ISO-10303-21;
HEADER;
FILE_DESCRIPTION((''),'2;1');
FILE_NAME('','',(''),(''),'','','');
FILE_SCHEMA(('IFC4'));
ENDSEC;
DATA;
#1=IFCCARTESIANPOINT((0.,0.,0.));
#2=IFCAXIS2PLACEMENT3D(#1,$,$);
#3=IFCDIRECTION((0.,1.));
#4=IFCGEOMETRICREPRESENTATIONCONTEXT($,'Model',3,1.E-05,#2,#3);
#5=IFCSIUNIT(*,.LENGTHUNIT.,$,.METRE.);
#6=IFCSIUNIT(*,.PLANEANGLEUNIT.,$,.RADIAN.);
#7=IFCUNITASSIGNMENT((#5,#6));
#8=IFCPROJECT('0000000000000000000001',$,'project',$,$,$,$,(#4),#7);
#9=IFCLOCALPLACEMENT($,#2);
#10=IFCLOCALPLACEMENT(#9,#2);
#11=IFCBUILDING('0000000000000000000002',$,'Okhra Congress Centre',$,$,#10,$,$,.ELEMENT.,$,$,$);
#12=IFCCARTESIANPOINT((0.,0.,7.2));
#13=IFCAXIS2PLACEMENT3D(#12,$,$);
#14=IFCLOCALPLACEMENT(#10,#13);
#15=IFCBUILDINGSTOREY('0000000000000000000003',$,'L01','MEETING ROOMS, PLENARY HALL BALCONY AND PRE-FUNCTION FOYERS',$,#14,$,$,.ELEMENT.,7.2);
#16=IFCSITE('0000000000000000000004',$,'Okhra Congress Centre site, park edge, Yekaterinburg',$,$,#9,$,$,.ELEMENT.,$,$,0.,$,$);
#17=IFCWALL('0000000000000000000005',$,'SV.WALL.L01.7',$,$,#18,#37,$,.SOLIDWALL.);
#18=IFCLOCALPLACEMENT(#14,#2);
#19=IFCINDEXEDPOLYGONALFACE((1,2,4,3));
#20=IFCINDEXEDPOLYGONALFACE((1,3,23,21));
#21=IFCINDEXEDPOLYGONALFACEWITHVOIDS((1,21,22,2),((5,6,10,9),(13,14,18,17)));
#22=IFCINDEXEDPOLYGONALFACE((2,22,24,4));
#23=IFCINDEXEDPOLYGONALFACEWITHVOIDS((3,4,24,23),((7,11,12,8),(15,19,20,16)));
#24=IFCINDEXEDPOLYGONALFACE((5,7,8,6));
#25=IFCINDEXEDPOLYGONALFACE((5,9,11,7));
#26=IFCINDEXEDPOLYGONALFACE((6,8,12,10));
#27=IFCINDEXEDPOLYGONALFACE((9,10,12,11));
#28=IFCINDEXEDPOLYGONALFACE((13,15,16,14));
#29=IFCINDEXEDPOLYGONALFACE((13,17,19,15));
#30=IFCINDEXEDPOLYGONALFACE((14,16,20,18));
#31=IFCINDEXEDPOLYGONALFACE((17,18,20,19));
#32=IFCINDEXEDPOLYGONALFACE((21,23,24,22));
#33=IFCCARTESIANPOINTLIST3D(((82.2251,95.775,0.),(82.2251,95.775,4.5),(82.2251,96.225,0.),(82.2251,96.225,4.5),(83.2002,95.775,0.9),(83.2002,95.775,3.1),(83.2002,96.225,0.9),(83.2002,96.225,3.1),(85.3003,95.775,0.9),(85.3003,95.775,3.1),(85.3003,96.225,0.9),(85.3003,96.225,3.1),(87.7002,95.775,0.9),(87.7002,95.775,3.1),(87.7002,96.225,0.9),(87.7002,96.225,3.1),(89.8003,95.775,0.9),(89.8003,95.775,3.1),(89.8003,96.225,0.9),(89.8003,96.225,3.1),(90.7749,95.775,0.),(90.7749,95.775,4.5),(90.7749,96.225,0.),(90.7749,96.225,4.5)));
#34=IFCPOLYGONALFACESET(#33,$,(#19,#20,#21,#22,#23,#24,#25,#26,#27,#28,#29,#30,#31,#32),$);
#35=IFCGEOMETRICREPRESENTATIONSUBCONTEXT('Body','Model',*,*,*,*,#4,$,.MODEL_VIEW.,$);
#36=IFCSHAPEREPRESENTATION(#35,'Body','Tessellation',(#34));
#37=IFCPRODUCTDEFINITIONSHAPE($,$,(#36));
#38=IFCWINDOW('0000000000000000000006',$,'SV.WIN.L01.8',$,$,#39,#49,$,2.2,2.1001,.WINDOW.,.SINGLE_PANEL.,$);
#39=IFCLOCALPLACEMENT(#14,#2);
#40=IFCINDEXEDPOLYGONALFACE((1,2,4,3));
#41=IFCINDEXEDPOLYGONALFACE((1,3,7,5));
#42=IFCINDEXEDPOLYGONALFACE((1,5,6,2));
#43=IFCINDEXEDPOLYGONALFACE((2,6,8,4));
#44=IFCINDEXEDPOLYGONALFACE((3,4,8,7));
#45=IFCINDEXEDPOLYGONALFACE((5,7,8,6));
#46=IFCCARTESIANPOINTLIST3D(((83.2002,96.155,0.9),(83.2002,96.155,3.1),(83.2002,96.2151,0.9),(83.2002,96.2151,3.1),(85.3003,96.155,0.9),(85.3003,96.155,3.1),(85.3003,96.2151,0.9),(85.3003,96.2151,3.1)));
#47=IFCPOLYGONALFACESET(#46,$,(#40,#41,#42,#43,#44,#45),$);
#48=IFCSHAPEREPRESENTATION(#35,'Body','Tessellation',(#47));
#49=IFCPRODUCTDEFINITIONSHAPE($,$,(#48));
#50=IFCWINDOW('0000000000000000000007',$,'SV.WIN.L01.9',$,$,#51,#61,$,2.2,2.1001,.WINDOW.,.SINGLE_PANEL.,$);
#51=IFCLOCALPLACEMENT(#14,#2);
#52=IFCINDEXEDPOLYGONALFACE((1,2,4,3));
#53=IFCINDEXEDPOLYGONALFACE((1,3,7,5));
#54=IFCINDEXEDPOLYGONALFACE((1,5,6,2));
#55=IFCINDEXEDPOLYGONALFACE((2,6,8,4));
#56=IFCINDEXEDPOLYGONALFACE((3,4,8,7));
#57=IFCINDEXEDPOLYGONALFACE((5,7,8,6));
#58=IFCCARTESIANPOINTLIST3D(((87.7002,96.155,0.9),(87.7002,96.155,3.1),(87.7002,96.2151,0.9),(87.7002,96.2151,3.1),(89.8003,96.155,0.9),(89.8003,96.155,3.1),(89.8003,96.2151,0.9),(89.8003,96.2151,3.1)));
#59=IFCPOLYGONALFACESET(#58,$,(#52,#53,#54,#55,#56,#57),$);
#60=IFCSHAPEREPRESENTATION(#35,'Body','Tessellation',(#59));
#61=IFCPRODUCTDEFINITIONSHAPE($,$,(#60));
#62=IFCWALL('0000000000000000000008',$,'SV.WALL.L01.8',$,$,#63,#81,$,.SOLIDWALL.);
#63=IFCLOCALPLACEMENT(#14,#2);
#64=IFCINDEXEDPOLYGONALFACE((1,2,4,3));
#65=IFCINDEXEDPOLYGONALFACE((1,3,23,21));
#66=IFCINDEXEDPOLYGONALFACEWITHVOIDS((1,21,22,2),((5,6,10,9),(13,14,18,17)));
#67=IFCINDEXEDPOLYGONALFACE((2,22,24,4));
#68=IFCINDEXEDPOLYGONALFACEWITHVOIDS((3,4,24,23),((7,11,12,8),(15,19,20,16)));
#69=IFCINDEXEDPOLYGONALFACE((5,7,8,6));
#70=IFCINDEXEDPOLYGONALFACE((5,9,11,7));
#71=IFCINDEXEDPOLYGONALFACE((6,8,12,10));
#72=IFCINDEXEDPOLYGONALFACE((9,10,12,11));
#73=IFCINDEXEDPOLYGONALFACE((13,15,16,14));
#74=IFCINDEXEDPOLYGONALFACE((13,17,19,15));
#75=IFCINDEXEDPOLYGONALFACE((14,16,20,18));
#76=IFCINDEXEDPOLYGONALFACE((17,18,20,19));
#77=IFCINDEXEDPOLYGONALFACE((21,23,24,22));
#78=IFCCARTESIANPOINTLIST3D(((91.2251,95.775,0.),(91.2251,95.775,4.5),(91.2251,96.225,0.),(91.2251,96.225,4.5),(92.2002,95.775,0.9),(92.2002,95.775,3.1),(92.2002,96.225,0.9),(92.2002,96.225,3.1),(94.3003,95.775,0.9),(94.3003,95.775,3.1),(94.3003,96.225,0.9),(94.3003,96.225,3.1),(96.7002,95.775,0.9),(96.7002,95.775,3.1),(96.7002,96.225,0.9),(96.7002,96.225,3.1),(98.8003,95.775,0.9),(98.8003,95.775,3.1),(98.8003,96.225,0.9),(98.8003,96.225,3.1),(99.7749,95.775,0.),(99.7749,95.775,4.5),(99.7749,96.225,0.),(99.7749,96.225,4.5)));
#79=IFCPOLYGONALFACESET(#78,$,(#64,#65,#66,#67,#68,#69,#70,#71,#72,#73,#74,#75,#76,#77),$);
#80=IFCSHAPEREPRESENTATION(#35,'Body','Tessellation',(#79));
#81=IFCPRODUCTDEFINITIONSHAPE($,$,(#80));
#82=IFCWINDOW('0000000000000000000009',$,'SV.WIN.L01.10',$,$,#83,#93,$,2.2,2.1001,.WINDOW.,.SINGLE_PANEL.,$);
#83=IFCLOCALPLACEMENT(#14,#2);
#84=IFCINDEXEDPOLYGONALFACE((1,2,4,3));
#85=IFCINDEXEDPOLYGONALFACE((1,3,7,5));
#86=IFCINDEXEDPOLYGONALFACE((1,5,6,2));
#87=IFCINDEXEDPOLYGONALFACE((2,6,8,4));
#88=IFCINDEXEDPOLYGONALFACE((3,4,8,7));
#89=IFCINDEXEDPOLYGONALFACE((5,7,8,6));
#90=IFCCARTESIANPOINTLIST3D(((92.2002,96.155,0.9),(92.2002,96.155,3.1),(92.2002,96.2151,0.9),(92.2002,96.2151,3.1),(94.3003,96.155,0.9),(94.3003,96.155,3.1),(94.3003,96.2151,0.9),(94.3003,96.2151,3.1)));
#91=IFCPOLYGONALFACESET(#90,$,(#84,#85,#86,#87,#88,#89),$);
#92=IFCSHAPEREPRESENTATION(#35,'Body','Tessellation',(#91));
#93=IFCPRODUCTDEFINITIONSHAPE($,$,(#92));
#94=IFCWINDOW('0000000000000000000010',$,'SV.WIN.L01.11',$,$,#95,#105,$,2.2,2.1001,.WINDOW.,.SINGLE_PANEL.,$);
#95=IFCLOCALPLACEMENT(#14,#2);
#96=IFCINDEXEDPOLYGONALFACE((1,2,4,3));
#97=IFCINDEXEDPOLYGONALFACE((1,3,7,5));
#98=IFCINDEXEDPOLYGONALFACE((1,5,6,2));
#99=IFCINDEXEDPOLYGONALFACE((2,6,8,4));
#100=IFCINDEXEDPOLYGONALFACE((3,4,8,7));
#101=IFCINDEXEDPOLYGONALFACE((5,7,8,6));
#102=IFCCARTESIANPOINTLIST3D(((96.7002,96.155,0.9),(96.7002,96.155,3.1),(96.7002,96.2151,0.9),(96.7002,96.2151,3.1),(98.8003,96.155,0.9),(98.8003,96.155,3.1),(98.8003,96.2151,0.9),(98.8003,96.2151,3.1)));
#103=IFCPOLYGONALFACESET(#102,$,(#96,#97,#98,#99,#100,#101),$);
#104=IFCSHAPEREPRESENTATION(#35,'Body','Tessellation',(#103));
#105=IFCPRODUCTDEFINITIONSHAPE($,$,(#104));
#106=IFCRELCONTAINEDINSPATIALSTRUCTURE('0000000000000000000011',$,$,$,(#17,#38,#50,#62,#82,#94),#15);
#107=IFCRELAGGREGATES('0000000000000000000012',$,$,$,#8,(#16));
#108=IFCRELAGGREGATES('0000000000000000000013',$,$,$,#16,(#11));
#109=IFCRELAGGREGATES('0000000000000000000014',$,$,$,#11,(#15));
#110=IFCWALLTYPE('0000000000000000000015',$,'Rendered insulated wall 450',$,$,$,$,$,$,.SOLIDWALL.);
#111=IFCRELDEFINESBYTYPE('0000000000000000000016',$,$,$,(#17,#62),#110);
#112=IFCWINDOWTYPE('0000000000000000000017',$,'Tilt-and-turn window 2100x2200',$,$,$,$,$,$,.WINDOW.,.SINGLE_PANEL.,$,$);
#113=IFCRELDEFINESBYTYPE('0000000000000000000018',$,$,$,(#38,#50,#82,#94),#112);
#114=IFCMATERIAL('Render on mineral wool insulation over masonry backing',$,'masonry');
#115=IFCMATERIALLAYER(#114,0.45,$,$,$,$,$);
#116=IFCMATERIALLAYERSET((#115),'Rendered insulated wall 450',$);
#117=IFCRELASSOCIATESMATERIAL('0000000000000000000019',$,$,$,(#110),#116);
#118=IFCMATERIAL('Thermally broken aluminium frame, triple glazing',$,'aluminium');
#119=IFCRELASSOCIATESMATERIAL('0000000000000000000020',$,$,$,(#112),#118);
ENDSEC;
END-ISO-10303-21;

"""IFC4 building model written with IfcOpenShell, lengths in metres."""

from ifc_helpers import new_model, si_unit, direction, frame, frame_2d, origin, place, context, subcontext, project, spatial, rectangle, extrude, material, layer, layer_set, type_object, element, fill, save


model = new_model("IFC4")

# Units and contexts
model_context = context("Model", 3, precision=1e-05, world=origin(), true_north=direction((0.0, 1.0)))
body_context = subcontext(model_context, "Body", "Model", "MODEL_VIEW")
ifc_project = project(units=[si_unit("LENGTHUNIT", "METRE"), si_unit("PLANEANGLEUNIT", "RADIAN")], contexts=[model_context])

# Site, building, storey
site_placement = place(None, origin())
site = spatial("IfcSite", under=ifc_project, at=site_placement, Name="Okhra Congress Centre site, park edge, Yekaterinburg", CompositionType="ELEMENT", RefElevation=0.0)
building_placement = place(site_placement, origin())
building = spatial("IfcBuilding", under=site, at=building_placement, Name="Okhra Congress Centre", CompositionType="ELEMENT")
storey_placement = place(building_placement, frame((0.0, 0.0, 7.2)))
storey = spatial("IfcBuildingStorey", under=building, at=storey_placement, Name="L01", Description="MEETING ROOMS, PLENARY HALL BALCONY AND PRE-FUNCTION FOYERS", CompositionType="ELEMENT", Elevation=7.2)

# Walls, openings, windows
ifc_material_1 = material(Name="Render on mineral wool insulation over masonry backing", Category="masonry")
ifc_layer_1 = layer(ifc_material_1, 0.45)
ifc_layer_set_1 = layer_set([ifc_layer_1], Name="Rendered insulated wall 450")
wall_type_1 = type_object("IfcWallType", Name="Rendered insulated wall 450", PredefinedType="SOLIDWALL", material=ifc_layer_set_1)
ifc_material_2 = material(Name="Thermally broken aluminium frame, triple glazing", Category="aluminium")
window_type = type_object("IfcWindowType", Name="Tilt-and-turn window 2100x2200", PartitioningType="SINGLE_PANEL", PredefinedType="WINDOW", material=ifc_material_2)
wall_1_placement = place(storey_placement, frame((82.2251, 96.0, 0.0), z_axis=(0.0, 0.0, 1.0), x_axis=(1.0, 0.0, 0.0)))
wall_1 = element("IfcWall", 1, at=wall_1_placement, inside=storey, type_object=wall_type_1, Name="SV.WALL.L01.7", PredefinedType="SOLIDWALL", context=body_context, shape_type="SweptSolid", body=[
    extrude(rectangle(XDim=8.5498, YDim=0.45, at=frame_2d((4.2749, 0.0))), origin(), (0.0, 0.0, 1.0), 4.5),
])
opening_1_placement = place(wall_1_placement, frame((0.9751, 0.0, 0.8999)))
opening_1 = element("IfcOpeningElement", 2, at=opening_1_placement, cuts=wall_1, PredefinedType="OPENING", context=body_context, shape_type="SweptSolid", body=[
    extrude(rectangle(XDim=2.1001, YDim=2.2, at=frame_2d((1.05, 1.1001))), frame((0.0, 0.2349, 0.0), z_axis=(0.0, -1.0, 0.0), x_axis=(1.0, 0.0, 0.0)), (0.0, 0.0, 1.0), 0.47),
])
opening_2_placement = place(wall_1_placement, frame((5.4751, 0.0, 0.8999)))
opening_2 = element("IfcOpeningElement", 3, at=opening_2_placement, cuts=wall_1, PredefinedType="OPENING", context=body_context, shape_type="SweptSolid", body=[
    extrude(rectangle(XDim=2.1001, YDim=2.2, at=frame_2d((1.05, 1.1001))), frame((0.0, 0.2349, 0.0), z_axis=(0.0, -1.0, 0.0), x_axis=(1.0, 0.0, 0.0)), (0.0, 0.0, 1.0), 0.47),
])
window_1_placement = place(opening_1_placement, origin())
window_1 = element("IfcWindow", 4, at=window_1_placement, inside=storey, type_object=window_type, Name="SV.WIN.L01.8", OverallHeight=2.2, OverallWidth=2.1001, PartitioningType="SINGLE_PANEL", PredefinedType="WINDOW", context=body_context, shape_type="SweptSolid", body=[
    extrude(rectangle(XDim=2.1001, YDim=2.2, at=frame_2d((1.05, 1.1001))), frame((0.0, 0.2151, 0.0), z_axis=(0.0, -1.0, 0.0), x_axis=(1.0, 0.0, 0.0)), (0.0, 0.0, 1.0), 0.0601),
])
fill(opening_1, window_1)
window_2_placement = place(opening_2_placement, origin())
window_2 = element("IfcWindow", 5, at=window_2_placement, inside=storey, type_object=window_type, Name="SV.WIN.L01.9", OverallHeight=2.2, OverallWidth=2.1001, PartitioningType="SINGLE_PANEL", PredefinedType="WINDOW", context=body_context, shape_type="SweptSolid", body=[
    extrude(rectangle(XDim=2.1001, YDim=2.2, at=frame_2d((1.05, 1.1001))), frame((0.0, 0.2151, 0.0), z_axis=(0.0, -1.0, 0.0), x_axis=(1.0, 0.0, 0.0)), (0.0, 0.0, 1.0), 0.0601),
])
fill(opening_2, window_2)
wall_2_placement = place(storey_placement, frame((91.2251, 96.0, 0.0), z_axis=(0.0, 0.0, 1.0), x_axis=(1.0, 0.0, 0.0)))
wall_2 = element("IfcWall", 6, at=wall_2_placement, inside=storey, type_object=wall_type_1, Name="SV.WALL.L01.8", PredefinedType="SOLIDWALL", context=body_context, shape_type="SweptSolid", body=[
    extrude(rectangle(XDim=8.5498, YDim=0.45, at=frame_2d((4.2749, 0.0))), origin(), (0.0, 0.0, 1.0), 4.5),
])
opening_3_placement = place(wall_2_placement, frame((0.9751, 0.0, 0.8999)))
opening_3 = element("IfcOpeningElement", 7, at=opening_3_placement, cuts=wall_2, PredefinedType="OPENING", context=body_context, shape_type="SweptSolid", body=[
    extrude(rectangle(XDim=2.1001, YDim=2.2, at=frame_2d((1.05, 1.1001))), frame((0.0, 0.2349, 0.0), z_axis=(0.0, -1.0, 0.0), x_axis=(1.0, 0.0, 0.0)), (0.0, 0.0, 1.0), 0.47),
])
opening_4_placement = place(wall_2_placement, frame((5.4751, 0.0, 0.8999)))
opening_4 = element("IfcOpeningElement", 8, at=opening_4_placement, cuts=wall_2, PredefinedType="OPENING", context=body_context, shape_type="SweptSolid", body=[
    extrude(rectangle(XDim=2.1001, YDim=2.2, at=frame_2d((1.05, 1.1001))), frame((0.0, 0.2349, 0.0), z_axis=(0.0, -1.0, 0.0), x_axis=(1.0, 0.0, 0.0)), (0.0, 0.0, 1.0), 0.47),
])
window_3_placement = place(opening_3_placement, origin())
window_3 = element("IfcWindow", 9, at=window_3_placement, inside=storey, type_object=window_type, Name="SV.WIN.L01.10", OverallHeight=2.2, OverallWidth=2.1001, PartitioningType="SINGLE_PANEL", PredefinedType="WINDOW", context=body_context, shape_type="SweptSolid", body=[
    extrude(rectangle(XDim=2.1001, YDim=2.2, at=frame_2d((1.05, 1.1001))), frame((0.0, 0.2151, 0.0), z_axis=(0.0, -1.0, 0.0), x_axis=(1.0, 0.0, 0.0)), (0.0, 0.0, 1.0), 0.0601),
])
fill(opening_3, window_3)
window_4_placement = place(opening_4_placement, origin())
window_4 = element("IfcWindow", 10, at=window_4_placement, inside=storey, type_object=window_type, Name="SV.WIN.L01.11", OverallHeight=2.2, OverallWidth=2.1001, PartitioningType="SINGLE_PANEL", PredefinedType="WINDOW", context=body_context, shape_type="SweptSolid", body=[
    extrude(rectangle(XDim=2.1001, YDim=2.2, at=frame_2d((1.05, 1.1001))), frame((0.0, 0.2151, 0.0), z_axis=(0.0, -1.0, 0.0), x_axis=(1.0, 0.0, 0.0)), (0.0, 0.0, 1.0), 0.0601),
])
fill(opening_4, window_4)

save(model, "model.ifc")
